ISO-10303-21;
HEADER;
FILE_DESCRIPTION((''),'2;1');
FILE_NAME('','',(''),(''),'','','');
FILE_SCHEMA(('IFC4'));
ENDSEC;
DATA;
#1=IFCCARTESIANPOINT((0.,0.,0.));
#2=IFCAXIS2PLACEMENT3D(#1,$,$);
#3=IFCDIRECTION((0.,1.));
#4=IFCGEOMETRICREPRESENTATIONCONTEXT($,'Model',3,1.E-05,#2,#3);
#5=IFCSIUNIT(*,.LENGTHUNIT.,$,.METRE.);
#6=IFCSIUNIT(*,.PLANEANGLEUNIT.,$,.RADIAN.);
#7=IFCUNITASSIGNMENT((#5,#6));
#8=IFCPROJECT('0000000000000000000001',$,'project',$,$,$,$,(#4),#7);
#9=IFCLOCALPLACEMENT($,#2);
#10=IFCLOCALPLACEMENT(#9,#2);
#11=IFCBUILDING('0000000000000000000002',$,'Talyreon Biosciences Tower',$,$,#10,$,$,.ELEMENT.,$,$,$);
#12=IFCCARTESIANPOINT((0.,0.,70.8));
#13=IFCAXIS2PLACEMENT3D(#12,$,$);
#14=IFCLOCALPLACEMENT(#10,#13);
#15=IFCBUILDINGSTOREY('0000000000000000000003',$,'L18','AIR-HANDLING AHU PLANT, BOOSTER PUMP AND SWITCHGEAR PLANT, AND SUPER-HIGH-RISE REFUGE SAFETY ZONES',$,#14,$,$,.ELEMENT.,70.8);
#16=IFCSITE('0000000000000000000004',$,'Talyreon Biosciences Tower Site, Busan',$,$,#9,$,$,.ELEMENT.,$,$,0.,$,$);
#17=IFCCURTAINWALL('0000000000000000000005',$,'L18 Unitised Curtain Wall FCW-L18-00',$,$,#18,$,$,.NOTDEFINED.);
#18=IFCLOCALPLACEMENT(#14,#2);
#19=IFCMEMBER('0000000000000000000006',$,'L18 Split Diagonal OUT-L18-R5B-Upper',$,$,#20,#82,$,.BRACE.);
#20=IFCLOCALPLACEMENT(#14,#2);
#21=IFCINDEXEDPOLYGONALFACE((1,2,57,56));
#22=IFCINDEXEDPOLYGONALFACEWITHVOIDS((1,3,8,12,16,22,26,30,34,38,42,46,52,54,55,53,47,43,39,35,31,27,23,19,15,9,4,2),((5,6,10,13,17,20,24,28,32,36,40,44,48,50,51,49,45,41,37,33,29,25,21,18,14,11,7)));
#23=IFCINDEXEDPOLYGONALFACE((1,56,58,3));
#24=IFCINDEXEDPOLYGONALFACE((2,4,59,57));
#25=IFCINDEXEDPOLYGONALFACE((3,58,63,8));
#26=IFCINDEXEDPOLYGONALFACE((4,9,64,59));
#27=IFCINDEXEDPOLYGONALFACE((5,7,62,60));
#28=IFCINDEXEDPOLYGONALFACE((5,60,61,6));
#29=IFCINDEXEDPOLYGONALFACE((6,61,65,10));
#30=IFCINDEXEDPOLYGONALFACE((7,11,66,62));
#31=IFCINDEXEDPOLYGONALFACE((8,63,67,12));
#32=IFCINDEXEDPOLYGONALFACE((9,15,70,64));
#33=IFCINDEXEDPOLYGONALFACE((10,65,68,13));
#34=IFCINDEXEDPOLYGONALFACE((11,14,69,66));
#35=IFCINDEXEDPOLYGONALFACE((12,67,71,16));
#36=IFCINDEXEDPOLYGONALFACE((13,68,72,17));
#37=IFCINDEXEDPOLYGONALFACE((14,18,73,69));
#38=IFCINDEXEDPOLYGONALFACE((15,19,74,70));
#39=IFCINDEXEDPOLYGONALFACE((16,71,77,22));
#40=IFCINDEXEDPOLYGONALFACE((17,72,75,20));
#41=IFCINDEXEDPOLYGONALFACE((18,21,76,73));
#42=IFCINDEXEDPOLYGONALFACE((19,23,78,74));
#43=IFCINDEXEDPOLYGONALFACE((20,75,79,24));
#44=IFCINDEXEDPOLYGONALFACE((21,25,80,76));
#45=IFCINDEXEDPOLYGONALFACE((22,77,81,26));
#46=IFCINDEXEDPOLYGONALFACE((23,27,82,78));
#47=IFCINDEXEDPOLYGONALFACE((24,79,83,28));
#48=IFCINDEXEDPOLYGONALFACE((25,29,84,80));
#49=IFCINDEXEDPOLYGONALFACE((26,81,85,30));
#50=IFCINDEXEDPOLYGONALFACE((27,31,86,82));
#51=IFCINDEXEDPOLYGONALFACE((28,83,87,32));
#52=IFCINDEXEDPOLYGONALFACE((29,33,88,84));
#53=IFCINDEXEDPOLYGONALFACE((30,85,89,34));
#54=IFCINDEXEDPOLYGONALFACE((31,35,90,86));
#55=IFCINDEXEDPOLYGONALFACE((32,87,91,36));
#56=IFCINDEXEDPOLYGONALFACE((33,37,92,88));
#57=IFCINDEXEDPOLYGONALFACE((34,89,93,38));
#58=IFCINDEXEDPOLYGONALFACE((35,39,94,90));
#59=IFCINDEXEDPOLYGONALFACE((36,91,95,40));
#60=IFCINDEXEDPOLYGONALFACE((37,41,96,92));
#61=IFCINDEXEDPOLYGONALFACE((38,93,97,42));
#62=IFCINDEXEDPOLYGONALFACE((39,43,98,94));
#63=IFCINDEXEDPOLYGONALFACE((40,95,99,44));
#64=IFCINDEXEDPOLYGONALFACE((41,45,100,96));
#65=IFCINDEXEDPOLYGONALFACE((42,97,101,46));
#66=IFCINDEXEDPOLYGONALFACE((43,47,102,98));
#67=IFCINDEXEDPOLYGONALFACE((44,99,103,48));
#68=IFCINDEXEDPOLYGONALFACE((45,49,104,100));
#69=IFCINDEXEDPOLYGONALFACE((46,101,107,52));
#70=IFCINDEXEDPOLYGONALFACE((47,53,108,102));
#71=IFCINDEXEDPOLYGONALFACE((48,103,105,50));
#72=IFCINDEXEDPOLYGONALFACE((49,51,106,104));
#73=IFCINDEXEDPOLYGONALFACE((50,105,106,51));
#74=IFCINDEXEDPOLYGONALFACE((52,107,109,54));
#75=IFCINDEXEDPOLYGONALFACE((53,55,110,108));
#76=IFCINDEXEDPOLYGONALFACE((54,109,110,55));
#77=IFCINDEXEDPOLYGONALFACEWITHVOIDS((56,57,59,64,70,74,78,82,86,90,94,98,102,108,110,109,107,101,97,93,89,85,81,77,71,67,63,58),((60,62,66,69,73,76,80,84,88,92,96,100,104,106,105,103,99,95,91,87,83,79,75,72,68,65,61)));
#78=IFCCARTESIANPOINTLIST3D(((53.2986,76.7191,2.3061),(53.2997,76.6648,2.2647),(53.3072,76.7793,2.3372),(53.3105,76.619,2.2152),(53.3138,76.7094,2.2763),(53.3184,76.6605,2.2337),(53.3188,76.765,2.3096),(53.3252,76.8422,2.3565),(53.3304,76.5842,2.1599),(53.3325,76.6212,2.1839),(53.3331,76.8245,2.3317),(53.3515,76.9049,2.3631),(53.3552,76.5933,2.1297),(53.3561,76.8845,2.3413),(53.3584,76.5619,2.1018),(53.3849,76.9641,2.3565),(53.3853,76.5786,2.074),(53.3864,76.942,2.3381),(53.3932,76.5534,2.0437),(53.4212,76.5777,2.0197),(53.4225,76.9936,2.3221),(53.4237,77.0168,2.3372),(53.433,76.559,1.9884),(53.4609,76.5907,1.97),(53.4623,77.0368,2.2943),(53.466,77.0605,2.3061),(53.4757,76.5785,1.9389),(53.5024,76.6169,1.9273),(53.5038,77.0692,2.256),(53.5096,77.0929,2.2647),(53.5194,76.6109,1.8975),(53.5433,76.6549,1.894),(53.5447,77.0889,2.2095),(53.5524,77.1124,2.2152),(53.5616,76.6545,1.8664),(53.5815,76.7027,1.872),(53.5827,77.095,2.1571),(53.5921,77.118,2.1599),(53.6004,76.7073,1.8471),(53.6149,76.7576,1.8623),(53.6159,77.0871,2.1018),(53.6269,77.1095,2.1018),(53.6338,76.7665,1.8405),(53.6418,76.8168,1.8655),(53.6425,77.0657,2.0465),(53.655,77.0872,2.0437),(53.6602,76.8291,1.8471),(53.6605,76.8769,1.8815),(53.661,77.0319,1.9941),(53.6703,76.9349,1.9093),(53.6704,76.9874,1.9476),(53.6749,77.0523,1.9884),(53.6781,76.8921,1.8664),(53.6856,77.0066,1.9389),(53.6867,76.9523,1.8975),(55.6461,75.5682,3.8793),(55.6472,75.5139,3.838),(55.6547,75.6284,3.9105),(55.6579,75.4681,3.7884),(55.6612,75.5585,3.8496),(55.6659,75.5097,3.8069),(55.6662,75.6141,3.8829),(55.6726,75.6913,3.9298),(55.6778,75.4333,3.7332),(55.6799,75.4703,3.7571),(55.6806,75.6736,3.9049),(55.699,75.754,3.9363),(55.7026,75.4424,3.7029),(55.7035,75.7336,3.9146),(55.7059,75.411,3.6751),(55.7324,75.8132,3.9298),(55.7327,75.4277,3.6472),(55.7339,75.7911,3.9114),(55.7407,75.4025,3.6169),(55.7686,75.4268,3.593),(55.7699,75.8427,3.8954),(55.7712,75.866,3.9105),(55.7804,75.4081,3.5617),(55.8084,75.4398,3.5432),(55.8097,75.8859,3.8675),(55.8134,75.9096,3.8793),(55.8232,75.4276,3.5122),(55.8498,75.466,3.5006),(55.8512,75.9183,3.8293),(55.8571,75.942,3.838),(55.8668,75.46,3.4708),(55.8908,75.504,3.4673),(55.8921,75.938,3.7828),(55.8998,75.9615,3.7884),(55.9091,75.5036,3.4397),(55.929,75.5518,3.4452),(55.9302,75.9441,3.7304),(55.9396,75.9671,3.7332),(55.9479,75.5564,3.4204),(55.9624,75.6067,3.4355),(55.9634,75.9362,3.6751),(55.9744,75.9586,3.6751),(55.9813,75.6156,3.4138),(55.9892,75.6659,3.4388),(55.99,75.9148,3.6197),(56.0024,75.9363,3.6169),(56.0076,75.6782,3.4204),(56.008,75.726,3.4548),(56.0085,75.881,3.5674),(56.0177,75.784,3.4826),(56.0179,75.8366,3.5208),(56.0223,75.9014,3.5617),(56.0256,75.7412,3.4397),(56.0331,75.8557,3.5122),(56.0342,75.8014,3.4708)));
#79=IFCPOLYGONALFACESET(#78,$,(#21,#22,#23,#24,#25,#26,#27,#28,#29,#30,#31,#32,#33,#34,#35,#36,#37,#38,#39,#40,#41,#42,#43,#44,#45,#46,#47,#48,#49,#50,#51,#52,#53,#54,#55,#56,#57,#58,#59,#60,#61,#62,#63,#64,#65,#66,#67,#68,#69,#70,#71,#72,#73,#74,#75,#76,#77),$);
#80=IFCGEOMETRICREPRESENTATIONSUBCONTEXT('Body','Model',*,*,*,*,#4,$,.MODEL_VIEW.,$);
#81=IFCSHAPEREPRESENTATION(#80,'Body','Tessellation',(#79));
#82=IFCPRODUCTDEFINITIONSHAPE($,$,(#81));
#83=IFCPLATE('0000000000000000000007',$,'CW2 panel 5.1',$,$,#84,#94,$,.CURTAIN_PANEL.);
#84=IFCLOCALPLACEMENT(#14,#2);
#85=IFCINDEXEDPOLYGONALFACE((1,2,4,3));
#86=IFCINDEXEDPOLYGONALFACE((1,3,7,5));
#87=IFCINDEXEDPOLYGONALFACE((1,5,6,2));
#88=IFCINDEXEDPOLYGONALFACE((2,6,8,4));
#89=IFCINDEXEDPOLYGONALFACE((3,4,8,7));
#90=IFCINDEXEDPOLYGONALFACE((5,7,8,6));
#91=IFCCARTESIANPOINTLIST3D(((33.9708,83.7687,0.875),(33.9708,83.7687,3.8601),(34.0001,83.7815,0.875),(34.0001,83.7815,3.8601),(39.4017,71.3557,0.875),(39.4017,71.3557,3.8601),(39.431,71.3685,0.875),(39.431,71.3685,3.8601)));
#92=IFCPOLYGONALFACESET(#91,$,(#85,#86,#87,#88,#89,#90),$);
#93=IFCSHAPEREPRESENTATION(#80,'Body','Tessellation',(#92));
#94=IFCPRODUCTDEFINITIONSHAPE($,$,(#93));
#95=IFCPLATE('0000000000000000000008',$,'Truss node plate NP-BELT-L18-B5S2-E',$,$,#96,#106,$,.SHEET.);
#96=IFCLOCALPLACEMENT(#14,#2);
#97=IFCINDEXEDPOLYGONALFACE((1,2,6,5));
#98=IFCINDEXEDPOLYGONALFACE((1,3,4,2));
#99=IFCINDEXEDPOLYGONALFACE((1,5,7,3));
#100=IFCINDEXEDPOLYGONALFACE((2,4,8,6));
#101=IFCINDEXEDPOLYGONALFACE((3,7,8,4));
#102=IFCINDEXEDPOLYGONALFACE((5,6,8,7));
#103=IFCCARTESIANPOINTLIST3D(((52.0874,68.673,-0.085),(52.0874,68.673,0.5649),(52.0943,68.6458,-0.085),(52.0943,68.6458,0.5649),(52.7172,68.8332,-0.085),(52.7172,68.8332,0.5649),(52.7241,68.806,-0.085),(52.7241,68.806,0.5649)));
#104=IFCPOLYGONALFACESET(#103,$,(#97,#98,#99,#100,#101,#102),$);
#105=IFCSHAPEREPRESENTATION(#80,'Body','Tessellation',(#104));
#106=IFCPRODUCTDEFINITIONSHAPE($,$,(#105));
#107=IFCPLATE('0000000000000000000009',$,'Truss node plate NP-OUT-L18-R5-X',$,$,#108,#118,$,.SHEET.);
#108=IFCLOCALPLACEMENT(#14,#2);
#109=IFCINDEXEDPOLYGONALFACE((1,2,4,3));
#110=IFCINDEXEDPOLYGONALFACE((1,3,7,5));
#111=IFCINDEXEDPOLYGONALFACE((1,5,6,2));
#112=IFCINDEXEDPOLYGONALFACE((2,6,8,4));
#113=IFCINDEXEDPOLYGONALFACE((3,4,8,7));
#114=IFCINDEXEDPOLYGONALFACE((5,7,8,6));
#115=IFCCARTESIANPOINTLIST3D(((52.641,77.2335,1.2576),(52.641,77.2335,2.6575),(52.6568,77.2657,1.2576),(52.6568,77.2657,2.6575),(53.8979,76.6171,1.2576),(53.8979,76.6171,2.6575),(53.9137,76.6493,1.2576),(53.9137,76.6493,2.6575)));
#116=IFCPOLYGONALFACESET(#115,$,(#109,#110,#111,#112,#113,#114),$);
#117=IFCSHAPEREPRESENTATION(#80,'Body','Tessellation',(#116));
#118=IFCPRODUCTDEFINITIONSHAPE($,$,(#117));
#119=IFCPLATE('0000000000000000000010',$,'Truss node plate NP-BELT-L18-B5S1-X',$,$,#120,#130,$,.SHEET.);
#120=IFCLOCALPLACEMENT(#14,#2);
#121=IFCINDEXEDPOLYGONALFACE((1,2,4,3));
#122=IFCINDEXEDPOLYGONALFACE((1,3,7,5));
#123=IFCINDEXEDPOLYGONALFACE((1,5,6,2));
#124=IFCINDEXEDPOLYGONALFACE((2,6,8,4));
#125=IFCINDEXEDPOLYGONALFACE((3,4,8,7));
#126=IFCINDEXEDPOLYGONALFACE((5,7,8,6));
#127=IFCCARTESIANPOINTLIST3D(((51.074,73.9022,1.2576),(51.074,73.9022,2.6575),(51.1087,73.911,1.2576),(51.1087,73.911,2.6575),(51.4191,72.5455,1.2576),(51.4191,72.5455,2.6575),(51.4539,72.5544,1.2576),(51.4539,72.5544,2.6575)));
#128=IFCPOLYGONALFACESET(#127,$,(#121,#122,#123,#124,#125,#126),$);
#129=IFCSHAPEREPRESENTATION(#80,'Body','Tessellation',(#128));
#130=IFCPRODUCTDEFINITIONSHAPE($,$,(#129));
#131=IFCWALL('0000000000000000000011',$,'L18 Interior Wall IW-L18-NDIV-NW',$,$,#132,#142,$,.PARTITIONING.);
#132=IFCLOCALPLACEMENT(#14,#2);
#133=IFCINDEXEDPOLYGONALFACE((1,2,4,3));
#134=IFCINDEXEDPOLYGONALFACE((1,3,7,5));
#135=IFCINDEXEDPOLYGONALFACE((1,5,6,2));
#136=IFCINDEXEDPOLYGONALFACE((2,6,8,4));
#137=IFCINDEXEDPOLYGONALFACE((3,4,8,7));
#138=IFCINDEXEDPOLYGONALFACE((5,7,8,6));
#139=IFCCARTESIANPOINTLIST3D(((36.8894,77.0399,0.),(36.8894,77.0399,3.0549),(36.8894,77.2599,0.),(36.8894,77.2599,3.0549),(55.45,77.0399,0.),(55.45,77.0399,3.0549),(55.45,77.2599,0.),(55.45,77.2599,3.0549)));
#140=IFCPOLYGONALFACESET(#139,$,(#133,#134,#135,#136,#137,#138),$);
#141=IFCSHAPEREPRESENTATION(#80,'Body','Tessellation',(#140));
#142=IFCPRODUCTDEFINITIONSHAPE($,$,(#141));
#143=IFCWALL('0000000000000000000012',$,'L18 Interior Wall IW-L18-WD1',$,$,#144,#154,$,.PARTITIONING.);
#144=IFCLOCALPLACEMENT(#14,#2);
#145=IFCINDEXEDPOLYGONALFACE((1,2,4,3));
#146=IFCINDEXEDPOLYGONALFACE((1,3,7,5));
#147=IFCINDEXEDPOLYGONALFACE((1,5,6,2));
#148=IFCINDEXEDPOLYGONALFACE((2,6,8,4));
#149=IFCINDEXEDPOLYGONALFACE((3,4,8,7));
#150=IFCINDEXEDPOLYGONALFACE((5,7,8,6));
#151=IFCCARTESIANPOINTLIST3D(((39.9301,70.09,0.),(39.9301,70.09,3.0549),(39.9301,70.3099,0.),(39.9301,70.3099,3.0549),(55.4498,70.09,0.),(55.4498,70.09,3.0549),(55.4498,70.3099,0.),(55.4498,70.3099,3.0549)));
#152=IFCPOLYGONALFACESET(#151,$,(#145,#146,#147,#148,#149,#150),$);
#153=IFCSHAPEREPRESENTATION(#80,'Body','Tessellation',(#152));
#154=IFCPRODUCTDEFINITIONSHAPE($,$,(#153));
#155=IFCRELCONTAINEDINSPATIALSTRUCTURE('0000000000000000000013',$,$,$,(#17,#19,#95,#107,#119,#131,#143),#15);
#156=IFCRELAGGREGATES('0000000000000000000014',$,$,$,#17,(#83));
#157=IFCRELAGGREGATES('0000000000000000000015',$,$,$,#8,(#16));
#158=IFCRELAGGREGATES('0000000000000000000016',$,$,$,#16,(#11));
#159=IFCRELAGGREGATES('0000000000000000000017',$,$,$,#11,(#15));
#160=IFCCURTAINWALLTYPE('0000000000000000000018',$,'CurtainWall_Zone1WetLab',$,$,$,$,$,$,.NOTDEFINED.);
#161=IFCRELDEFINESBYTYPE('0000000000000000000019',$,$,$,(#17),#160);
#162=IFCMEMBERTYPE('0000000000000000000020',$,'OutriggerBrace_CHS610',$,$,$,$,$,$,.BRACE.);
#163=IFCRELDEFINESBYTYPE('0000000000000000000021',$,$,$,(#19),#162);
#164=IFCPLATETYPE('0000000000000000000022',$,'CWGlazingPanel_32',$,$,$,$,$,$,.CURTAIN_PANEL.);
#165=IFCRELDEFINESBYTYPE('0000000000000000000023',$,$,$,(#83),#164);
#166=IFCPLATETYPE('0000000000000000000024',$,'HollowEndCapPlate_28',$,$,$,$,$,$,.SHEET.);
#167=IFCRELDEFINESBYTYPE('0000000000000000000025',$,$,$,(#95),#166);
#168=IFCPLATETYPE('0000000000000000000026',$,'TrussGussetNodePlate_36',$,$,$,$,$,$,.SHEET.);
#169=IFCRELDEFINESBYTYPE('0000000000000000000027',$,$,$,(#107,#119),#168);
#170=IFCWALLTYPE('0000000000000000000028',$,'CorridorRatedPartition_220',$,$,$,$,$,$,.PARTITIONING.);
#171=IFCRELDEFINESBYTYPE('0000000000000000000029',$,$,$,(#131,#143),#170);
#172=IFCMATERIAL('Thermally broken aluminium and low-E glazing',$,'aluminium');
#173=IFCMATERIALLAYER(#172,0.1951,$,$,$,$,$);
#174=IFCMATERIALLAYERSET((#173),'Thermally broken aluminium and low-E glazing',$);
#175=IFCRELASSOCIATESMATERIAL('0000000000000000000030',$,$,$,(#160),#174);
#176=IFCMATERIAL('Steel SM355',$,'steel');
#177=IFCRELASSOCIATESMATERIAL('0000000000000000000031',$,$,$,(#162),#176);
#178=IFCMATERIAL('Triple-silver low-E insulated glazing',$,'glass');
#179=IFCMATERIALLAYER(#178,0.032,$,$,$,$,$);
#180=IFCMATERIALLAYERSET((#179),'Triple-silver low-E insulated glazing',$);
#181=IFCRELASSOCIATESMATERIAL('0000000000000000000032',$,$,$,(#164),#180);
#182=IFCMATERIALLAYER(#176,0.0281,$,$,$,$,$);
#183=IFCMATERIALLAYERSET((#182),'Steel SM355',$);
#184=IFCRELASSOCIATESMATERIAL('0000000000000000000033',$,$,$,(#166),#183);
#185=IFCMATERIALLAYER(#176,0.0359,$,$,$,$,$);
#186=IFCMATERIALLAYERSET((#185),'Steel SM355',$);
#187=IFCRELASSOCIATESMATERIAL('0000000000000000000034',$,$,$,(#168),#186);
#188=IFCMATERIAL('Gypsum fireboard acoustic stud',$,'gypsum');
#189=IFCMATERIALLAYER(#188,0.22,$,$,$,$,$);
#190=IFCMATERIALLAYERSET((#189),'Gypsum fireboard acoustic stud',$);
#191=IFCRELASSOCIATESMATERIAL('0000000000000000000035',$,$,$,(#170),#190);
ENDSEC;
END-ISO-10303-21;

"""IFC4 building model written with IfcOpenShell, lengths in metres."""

from ifc_helpers import new_model, si_unit, direction, frame, frame_2d, origin, origin_2d, place, context, subcontext, project, spatial, rectangle, hollow_circle, extrude, material, layer, layer_set, material_profile, profile_set, type_object, element, aggregate, save


model = new_model("IFC4")

# Units and contexts
model_context = context("Model", 3, precision=1e-05, world=origin(), true_north=direction((0.0, 1.0)))
body_context = subcontext(model_context, "Body", "Model", "MODEL_VIEW")
ifc_project = project(units=[si_unit("LENGTHUNIT", "METRE"), si_unit("PLANEANGLEUNIT", "RADIAN")], contexts=[model_context])

# Site, building, storey
site_placement = place(None, origin())
site = spatial("IfcSite", under=ifc_project, at=site_placement, Name="Talyreon Biosciences Tower Site, Busan", CompositionType="ELEMENT", RefElevation=0.0)
building_placement = place(site_placement, origin())
building = spatial("IfcBuilding", under=site, at=building_placement, Name="Talyreon Biosciences Tower", CompositionType="ELEMENT")
storey_placement = place(building_placement, frame((0.0, 0.0, 70.8)))
storey = spatial("IfcBuildingStorey", under=building, at=storey_placement, Name="L18", Description="AIR-HANDLING AHU PLANT, BOOSTER PUMP AND SWITCHGEAR PLANT, AND SUPER-HIGH-RISE REFUGE SAFETY ZONES", CompositionType="ELEMENT", Elevation=70.8)

# Shared definitions
ifc_material_1 = material(Name="Steel SM355", Category="steel")

# Curtain wall
ifc_material_2 = material(Name="Thermally broken aluminium and low-E glazing", Category="aluminium")
ifc_layer_1 = layer(ifc_material_2, 0.1951)
ifc_layer_set_1 = layer_set([ifc_layer_1], Name="Thermally broken aluminium and low-E glazing")
curtain_wall_type = type_object("IfcCurtainWallType", Name="CurtainWall_Zone1WetLab", PredefinedType="NOTDEFINED", material=ifc_layer_set_1)
curtain_wall_placement = place(storey_placement, origin())
curtain_wall = element("IfcCurtainWall", 1, at=curtain_wall_placement, inside=storey, type_object=curtain_wall_type, Name="L18 Unitised Curtain Wall FCW-L18-00", PredefinedType="NOTDEFINED")

# Member
ifc_material_profile_1 = material_profile(ifc_material_1, hollow_circle(Radius=0.3049, WallThickness=0.0249, at=origin_2d()), Name="CHS 610x25")
ifc_profile_set_1 = profile_set([ifc_material_profile_1], Name="Steel SM355")
member_type_1 = type_object("IfcMemberType", Name="OutriggerBrace_CHS610", PredefinedType="BRACE", material=ifc_profile_set_1)
member_1_placement = place(storey_placement, frame((53.4927, 76.8357, 2.1018), z_axis=(0.769335, -0.377186, 0.51561), x_axis=(0.440215, 0.897892, 0.0)))
element("IfcMember", 2, at=member_1_placement, inside=storey, type_object=member_type_1, Name="L18 Split Diagonal OUT-L18-R5B-Upper", PredefinedType="BRACE", context=body_context, shape_type="SweptSolid", body=[
    extrude(hollow_circle(Radius=0.3049, WallThickness=0.0249, at=origin_2d()), origin(), (0.0, 0.0, 1.0), 3.0513),
])

# Plate
ifc_material_3 = material(Name="Triple-silver low-E insulated glazing", Category="glass")
ifc_layer_2 = layer(ifc_material_3, 0.032)
ifc_layer_set_2 = layer_set([ifc_layer_2], Name="Triple-silver low-E insulated glazing")
plate_type_1 = type_object("IfcPlateType", Name="CWGlazingPanel_32", PredefinedType="CURTAIN_PANEL", material=ifc_layer_set_2)
plate_1_placement = place(storey_placement, frame((36.7009, 77.5686, 0.875), z_axis=(0.0, 0.0, 1.0), x_axis=(-0.400831, 0.916152, 0.0)))
plate_1 = element("IfcPlate", 3, at=plate_1_placement, type_object=plate_type_1, Name="CW2 panel 5.1", PredefinedType="CURTAIN_PANEL", context=body_context, shape_type="SweptSolid", body=[
    extrude(rectangle(XDim=13.5491, YDim=0.032, at=origin_2d()), origin(), (0.0, 0.0, 1.0), 2.9851),
])
aggregate(curtain_wall, [plate_1])

# Plates
ifc_layer_3 = layer(ifc_material_1, 0.0281)
ifc_layer_set_3 = layer_set([ifc_layer_3], Name="Steel SM355")
plate_type_2 = type_object("IfcPlateType", Name="HollowEndCapPlate_28", PredefinedType="SHEET", material=ifc_layer_set_3)
plate_2_placement = place(storey_placement, frame((52.4058, 68.7395, -0.085), z_axis=(0.0, 0.0, 1.0), x_axis=(0.969132, 0.246542, 0.0)))
element("IfcPlate", 4, at=plate_2_placement, inside=storey, type_object=plate_type_2, Name="Truss node plate NP-BELT-L18-B5S2-E", PredefinedType="SHEET", context=body_context, shape_type="SweptSolid", body=[
    extrude(rectangle(XDim=0.6499, YDim=0.0281, at=origin_2d()), origin(), (0.0, 0.0, 1.0), 0.6499),
])
ifc_layer_4 = layer(ifc_material_1, 0.0359)
ifc_layer_set_4 = layer_set([ifc_layer_4], Name="Steel SM355")
plate_type_3 = type_object("IfcPlateType", Name="TrussGussetNodePlate_36", PredefinedType="SHEET", material=ifc_layer_set_4)
for number, where, z_axis, x_axis, name in (
    (5, (53.2773, 76.9414, 1.2576), (0.0, 0.0, 1.0), (-0.897859, 0.440284, 0.0), "Truss node plate NP-OUT-L18-R5-X"),
    (6, (51.2639, 73.2283, 1.2576), (0.0, 0.0, 1.0), (0.246542, -0.969132, 0.0), "Truss node plate NP-BELT-L18-B5S1-X"),
):
    element("IfcPlate", number, at=place(storey_placement, frame(where, z_axis=z_axis, x_axis=x_axis)), inside=storey, type_object=plate_type_3, Name=name, PredefinedType="SHEET", context=body_context, shape_type="SweptSolid", body=[
        extrude(rectangle(XDim=1.3999, YDim=0.0359, at=origin_2d()), origin(), (0.0, 0.0, 1.0), 1.3999),
    ])

# Walls
ifc_material_4 = material(Name="Gypsum fireboard acoustic stud", Category="gypsum")
ifc_layer_5 = layer(ifc_material_4, 0.22)
ifc_layer_set_5 = layer_set([ifc_layer_5], Name="Gypsum fireboard acoustic stud")
wall_type = type_object("IfcWallType", Name="CorridorRatedPartition_220", PredefinedType="PARTITIONING", material=ifc_layer_set_5)
wall_1_placement = place(storey_placement, frame((36.8894, 77.1499, 0.0), z_axis=(0.0, 0.0, 1.0), x_axis=(1.0, 0.0, 0.0)))
element("IfcWall", 7, at=wall_1_placement, inside=storey, type_object=wall_type, Name="L18 Interior Wall IW-L18-NDIV-NW", PredefinedType="PARTITIONING", context=body_context, shape_type="SweptSolid", body=[
    extrude(rectangle(XDim=18.5605, YDim=0.22, at=frame_2d((9.2803, 0.0))), origin(), (0.0, 0.0, 1.0), 3.0549),
])
wall_2_placement = place(storey_placement, frame((39.9302, 70.2, 0.0), z_axis=(0.0, 0.0, 1.0), x_axis=(1.0, 0.0, 0.0)))
element("IfcWall", 8, at=wall_2_placement, inside=storey, type_object=wall_type, Name="L18 Interior Wall IW-L18-WD1", PredefinedType="PARTITIONING", context=body_context, shape_type="SweptSolid", body=[
    extrude(rectangle(XDim=15.5198, YDim=0.22, at=frame_2d((7.7598, 0.0))), origin(), (0.0, 0.0, 1.0), 3.0549),
])

save(model, "model.ifc")
